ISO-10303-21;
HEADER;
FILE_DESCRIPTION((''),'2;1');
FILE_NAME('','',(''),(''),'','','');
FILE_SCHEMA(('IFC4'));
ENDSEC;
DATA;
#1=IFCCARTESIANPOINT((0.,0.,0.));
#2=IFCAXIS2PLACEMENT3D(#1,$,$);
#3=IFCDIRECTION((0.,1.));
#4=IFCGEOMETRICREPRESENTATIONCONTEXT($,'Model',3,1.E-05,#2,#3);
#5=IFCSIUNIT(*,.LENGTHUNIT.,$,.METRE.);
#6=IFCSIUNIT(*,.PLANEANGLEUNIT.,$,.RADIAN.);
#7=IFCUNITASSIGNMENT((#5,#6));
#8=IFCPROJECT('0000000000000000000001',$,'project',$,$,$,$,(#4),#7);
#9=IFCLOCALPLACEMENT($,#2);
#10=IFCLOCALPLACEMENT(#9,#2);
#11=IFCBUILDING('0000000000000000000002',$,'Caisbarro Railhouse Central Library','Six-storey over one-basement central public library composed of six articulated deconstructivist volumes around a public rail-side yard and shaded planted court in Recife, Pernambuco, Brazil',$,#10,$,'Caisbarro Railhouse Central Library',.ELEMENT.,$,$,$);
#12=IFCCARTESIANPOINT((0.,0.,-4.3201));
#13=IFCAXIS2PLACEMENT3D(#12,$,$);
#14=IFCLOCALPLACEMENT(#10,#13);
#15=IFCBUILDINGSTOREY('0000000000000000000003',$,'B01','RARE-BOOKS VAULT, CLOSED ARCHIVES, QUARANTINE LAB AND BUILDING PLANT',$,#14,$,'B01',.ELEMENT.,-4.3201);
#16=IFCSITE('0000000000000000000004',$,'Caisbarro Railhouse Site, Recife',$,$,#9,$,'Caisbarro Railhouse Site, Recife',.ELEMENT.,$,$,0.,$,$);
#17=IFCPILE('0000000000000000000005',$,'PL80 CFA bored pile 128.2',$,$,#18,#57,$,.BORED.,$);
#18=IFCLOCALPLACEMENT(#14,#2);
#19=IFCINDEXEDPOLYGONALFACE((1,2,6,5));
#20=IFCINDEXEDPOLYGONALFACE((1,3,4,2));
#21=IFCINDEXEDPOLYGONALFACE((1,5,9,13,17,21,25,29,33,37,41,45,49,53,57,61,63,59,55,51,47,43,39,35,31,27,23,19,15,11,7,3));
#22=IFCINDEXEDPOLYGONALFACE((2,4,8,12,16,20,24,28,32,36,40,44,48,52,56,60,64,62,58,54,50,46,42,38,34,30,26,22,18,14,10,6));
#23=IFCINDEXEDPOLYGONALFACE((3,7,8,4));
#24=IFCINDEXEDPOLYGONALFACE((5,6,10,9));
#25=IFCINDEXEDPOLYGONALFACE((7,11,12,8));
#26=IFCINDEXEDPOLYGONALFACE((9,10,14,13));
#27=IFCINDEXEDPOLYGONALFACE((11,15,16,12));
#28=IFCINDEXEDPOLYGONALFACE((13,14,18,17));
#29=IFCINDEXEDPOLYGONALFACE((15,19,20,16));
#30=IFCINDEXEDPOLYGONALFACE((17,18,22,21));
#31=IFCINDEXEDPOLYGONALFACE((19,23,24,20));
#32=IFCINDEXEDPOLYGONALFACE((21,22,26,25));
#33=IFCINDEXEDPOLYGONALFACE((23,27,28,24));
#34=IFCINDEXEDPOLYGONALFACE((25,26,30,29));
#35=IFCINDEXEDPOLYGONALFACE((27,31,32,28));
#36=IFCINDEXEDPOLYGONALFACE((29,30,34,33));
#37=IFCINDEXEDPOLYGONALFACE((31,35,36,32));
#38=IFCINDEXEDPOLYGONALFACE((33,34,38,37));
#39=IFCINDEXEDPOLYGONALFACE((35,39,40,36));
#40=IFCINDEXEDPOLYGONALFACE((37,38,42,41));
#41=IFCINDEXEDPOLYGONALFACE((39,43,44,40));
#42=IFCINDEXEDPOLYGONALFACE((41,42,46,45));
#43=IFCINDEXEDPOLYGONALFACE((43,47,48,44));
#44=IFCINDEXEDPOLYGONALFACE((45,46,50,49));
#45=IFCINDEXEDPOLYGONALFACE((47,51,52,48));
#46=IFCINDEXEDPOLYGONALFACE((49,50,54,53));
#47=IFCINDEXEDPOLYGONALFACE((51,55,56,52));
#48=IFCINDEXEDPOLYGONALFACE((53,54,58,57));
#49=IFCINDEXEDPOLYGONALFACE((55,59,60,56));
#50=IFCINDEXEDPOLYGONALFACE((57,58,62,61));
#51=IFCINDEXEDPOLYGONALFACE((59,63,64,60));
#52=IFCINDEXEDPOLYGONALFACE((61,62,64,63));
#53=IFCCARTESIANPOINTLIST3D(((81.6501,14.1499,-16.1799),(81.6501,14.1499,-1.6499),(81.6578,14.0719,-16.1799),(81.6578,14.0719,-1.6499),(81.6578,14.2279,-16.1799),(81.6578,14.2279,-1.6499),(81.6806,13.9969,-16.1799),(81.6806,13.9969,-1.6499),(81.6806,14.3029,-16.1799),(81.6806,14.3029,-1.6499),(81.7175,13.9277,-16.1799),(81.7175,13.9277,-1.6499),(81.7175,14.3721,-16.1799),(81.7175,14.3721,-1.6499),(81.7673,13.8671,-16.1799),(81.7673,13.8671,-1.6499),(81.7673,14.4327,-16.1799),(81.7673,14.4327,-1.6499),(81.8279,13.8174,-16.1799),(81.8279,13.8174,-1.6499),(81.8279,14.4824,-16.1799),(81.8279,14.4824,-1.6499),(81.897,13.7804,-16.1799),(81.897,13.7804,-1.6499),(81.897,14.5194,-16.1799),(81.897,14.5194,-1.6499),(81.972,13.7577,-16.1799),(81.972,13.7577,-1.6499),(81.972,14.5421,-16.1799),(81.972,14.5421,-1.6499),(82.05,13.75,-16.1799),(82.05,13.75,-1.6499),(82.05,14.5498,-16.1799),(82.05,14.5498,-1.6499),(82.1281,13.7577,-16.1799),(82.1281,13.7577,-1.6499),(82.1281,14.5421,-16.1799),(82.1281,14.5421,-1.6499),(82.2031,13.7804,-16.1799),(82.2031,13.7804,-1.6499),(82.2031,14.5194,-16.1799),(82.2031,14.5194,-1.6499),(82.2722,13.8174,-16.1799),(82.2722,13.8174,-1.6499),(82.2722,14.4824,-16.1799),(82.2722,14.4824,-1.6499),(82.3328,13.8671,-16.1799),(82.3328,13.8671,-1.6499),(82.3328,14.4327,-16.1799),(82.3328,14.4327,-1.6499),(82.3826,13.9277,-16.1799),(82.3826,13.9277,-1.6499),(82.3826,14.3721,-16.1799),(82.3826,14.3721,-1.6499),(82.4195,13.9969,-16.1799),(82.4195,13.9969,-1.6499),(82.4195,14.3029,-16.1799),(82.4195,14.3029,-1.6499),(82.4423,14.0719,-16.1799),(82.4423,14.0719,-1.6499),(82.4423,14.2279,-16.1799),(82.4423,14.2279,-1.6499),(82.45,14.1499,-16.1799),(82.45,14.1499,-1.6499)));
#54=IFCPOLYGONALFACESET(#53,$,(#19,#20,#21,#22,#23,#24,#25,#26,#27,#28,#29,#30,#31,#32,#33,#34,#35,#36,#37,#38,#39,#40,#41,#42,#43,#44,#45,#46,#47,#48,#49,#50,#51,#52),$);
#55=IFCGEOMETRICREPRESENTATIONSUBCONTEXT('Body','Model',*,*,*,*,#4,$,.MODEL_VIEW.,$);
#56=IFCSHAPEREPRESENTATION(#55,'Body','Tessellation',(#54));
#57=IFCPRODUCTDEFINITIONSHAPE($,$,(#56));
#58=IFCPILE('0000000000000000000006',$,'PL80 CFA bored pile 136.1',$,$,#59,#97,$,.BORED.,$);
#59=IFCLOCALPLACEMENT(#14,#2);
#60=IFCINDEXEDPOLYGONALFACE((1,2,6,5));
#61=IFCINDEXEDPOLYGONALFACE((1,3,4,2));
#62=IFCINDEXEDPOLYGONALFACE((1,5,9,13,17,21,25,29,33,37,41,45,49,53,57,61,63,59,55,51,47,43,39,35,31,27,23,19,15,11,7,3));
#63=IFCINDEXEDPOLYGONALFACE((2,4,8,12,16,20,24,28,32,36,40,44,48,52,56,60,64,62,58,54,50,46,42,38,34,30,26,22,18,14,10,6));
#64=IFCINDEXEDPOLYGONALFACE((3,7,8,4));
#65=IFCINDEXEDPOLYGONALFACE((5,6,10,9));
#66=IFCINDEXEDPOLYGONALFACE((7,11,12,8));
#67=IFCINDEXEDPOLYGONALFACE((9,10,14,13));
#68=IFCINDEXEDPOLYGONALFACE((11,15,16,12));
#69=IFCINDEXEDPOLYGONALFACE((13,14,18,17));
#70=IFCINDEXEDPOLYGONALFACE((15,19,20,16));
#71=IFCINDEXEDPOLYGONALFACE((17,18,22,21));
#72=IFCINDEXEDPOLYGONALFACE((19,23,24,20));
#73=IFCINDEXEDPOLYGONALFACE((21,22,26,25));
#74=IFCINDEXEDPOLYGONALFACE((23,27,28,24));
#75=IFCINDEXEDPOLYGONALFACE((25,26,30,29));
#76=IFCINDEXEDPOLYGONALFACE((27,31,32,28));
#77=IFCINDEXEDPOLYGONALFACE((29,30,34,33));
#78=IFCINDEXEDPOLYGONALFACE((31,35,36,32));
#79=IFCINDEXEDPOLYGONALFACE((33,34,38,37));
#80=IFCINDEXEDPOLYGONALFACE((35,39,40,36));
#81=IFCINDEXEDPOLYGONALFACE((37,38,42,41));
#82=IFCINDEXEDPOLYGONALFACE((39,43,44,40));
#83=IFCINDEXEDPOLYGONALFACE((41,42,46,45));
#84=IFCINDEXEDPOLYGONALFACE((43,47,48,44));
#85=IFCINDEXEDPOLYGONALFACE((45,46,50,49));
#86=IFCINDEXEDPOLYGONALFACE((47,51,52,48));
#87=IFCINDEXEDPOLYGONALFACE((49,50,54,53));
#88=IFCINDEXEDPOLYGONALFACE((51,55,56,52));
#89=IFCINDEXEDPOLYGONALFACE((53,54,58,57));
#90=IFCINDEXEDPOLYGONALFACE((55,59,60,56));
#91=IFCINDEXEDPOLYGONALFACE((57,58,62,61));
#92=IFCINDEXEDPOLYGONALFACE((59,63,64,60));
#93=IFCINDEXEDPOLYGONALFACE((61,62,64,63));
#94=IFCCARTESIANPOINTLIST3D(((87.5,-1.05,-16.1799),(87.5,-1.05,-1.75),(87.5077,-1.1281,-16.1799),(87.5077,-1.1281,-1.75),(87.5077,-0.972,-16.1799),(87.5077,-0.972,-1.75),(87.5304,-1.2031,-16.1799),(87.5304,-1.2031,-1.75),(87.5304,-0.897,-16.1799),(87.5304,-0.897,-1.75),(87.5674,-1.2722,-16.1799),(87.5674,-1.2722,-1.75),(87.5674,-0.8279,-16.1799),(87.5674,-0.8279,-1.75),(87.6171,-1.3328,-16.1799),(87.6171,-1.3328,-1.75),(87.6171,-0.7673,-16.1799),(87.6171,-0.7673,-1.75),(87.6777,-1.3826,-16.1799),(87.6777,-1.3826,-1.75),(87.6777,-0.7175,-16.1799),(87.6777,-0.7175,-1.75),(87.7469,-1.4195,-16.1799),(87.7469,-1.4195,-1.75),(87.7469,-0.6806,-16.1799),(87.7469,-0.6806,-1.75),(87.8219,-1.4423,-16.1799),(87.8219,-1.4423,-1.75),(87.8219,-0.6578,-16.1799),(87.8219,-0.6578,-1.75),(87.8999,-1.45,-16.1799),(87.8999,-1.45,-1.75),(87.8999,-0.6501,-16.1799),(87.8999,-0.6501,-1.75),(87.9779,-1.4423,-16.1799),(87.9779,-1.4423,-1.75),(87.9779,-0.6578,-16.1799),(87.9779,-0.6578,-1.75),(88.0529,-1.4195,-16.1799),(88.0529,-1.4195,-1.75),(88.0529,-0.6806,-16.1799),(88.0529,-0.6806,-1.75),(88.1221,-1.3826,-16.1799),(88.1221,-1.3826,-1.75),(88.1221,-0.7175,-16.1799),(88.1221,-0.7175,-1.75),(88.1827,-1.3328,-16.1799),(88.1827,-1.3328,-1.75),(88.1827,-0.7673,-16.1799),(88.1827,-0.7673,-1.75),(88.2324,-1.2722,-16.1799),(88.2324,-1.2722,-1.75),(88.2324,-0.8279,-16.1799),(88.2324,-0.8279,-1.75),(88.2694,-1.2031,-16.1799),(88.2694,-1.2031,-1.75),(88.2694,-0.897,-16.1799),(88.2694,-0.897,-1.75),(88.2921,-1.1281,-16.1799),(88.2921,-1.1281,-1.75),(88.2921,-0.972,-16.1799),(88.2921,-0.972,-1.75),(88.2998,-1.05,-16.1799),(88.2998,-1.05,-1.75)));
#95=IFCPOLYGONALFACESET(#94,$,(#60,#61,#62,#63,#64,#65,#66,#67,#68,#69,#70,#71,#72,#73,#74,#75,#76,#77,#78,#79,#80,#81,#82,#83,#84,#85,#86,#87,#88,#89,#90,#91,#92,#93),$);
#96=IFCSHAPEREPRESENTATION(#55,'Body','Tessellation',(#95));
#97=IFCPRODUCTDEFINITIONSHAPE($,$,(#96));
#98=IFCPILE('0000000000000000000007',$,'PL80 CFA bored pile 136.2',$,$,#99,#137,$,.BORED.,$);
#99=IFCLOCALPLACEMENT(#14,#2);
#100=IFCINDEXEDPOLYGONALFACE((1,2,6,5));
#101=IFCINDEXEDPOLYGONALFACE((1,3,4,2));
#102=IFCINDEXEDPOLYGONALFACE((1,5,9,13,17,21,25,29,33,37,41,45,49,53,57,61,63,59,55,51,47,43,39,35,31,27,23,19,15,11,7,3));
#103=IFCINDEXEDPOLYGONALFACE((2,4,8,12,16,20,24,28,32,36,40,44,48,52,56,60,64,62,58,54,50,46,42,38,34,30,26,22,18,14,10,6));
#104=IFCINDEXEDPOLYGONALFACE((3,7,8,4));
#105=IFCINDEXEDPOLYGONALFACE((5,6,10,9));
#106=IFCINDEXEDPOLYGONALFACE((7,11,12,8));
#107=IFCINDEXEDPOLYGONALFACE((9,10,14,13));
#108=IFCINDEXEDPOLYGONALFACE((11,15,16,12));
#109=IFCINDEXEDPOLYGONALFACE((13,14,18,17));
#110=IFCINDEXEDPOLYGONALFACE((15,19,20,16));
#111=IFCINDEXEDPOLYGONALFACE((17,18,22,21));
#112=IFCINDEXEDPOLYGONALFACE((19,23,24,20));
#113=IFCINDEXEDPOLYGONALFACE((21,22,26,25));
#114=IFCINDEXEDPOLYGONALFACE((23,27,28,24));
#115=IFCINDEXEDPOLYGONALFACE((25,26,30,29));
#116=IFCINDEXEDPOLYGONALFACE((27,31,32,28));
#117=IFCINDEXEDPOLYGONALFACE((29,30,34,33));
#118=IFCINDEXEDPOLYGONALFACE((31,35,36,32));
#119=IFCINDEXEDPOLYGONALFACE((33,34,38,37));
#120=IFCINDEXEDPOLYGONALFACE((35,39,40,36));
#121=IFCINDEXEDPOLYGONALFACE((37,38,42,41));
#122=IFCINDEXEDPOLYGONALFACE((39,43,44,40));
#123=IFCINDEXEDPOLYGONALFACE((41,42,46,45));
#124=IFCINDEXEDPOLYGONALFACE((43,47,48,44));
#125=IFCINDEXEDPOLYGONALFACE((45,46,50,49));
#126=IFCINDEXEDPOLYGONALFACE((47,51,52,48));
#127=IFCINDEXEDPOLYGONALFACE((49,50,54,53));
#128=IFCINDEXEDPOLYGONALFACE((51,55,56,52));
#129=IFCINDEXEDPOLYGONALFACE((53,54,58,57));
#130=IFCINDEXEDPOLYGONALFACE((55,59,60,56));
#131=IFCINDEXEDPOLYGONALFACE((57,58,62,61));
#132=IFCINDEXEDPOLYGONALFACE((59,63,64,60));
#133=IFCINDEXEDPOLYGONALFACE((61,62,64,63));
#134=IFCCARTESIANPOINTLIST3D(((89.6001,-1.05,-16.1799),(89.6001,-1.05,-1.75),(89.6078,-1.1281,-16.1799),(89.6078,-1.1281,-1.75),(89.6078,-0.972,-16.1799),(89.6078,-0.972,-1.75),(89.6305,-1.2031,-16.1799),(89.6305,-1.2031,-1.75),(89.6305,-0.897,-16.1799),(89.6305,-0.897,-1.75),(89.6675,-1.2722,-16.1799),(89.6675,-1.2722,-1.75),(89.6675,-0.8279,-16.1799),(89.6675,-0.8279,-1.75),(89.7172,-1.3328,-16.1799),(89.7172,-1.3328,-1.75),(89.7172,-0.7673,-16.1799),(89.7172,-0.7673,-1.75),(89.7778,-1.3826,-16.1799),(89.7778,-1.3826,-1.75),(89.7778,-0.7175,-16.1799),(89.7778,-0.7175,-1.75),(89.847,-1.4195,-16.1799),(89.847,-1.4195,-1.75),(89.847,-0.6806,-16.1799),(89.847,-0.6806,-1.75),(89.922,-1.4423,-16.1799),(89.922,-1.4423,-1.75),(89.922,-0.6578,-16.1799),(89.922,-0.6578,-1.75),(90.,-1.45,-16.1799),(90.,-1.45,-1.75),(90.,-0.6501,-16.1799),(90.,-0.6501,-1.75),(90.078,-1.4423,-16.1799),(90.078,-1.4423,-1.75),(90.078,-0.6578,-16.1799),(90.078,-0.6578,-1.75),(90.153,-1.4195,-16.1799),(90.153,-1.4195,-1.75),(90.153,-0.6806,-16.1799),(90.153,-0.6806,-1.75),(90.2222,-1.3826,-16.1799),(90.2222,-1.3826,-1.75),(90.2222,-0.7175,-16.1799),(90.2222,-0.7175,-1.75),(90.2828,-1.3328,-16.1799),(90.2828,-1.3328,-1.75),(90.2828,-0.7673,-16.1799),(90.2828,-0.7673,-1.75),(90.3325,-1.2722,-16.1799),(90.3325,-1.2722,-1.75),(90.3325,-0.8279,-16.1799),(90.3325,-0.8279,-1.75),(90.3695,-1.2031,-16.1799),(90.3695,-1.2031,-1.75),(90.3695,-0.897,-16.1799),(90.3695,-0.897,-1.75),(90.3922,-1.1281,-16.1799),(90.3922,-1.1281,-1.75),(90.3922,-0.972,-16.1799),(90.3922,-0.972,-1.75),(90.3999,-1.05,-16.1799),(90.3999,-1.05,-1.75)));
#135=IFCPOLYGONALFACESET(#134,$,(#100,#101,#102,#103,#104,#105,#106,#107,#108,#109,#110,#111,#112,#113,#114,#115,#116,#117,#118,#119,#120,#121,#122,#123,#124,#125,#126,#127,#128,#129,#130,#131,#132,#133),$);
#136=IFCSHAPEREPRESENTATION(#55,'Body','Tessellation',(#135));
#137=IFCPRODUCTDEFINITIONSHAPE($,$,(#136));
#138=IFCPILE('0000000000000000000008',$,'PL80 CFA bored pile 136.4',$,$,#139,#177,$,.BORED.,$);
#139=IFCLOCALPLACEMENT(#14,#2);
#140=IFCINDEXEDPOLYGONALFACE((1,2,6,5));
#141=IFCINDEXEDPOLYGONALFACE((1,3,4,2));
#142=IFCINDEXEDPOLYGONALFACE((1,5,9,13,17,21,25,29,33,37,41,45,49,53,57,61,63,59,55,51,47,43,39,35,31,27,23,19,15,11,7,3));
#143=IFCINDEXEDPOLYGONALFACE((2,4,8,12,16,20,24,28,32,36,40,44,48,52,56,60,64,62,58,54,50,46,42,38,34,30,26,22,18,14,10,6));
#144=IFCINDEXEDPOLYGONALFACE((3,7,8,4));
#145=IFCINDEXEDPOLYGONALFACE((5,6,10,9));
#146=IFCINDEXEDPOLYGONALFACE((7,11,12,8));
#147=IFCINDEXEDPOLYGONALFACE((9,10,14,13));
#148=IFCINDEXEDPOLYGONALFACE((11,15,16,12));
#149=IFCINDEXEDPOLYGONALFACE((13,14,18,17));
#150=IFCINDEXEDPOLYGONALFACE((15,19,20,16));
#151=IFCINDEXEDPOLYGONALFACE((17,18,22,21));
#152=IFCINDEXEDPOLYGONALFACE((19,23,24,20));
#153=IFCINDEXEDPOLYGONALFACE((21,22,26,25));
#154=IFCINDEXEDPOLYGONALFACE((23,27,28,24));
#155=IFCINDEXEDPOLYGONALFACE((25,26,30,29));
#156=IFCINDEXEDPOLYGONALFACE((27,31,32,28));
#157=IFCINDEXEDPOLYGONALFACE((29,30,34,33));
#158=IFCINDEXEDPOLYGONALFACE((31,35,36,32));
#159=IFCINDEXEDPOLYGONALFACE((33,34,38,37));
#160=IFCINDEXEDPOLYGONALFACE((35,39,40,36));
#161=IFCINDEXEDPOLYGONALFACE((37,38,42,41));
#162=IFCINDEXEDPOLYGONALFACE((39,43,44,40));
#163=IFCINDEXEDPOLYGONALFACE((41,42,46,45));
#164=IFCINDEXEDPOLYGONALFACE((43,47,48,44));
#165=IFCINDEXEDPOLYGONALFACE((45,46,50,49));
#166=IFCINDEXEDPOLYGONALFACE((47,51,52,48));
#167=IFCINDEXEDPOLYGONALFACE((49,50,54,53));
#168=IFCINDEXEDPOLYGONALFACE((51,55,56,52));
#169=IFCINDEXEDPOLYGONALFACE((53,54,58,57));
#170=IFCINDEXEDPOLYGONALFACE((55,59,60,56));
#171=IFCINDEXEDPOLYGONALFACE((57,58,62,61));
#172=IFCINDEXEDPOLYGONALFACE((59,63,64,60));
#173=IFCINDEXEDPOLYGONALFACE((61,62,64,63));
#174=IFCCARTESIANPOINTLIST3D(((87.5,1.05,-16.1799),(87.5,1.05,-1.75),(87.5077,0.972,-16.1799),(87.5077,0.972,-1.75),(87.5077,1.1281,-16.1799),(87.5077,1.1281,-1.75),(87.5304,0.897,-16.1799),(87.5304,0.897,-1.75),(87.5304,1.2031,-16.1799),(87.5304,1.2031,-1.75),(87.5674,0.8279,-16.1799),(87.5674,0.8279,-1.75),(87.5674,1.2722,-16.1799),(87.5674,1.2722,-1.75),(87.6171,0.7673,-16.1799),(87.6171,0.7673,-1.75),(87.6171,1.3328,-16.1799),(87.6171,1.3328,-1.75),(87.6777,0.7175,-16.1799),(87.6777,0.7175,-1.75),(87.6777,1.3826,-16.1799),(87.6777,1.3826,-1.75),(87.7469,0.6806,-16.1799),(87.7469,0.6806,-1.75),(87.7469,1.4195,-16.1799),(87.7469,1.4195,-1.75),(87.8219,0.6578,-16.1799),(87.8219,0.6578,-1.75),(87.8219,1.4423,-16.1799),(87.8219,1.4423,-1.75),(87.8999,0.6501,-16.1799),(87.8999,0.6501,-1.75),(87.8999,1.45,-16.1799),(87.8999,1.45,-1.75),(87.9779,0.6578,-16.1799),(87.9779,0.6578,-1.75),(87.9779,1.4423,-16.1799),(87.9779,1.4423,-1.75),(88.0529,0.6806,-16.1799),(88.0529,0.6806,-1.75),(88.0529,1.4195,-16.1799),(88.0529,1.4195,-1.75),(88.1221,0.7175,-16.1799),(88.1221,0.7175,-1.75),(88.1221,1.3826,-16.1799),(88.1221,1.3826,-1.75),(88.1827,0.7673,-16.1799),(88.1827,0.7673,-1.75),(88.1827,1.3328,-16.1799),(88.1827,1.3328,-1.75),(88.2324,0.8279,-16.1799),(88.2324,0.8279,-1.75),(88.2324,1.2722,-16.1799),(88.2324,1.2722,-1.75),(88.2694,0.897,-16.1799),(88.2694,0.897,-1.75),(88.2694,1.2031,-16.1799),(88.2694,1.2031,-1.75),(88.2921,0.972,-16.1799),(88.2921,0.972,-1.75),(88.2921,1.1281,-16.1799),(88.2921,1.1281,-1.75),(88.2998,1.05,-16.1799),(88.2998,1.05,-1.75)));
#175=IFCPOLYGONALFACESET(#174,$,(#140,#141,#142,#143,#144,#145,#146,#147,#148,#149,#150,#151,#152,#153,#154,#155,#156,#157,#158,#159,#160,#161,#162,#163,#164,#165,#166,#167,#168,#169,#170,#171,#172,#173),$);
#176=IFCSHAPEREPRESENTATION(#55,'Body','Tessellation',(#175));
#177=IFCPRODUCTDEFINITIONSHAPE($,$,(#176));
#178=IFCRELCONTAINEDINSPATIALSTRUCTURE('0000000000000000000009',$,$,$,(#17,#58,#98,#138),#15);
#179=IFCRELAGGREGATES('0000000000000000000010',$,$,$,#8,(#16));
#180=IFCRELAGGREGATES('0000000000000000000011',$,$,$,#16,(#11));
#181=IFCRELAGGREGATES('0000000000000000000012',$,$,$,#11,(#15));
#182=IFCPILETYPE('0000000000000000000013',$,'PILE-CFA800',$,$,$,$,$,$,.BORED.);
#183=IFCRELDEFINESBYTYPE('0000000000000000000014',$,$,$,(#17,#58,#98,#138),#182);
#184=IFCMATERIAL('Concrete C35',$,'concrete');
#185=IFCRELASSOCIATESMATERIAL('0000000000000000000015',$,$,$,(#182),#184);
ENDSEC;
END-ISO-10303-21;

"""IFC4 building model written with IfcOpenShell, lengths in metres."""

from ifc_helpers import new_model, si_unit, direction, frame, origin, origin_2d, place, context, subcontext, project, spatial, circle, extrude, material, material_profile, profile_set, type_object, element, save


model = new_model("IFC4")

# Units and contexts
model_context = context("Model", 3, precision=1e-05, world=origin(), true_north=direction((0.0, 1.0)))
body_context = subcontext(model_context, "Body", "Model", "MODEL_VIEW")
ifc_project = project(units=[si_unit("LENGTHUNIT", "METRE"), si_unit("PLANEANGLEUNIT", "RADIAN")], contexts=[model_context])

# Site, building, storey
site_placement = place(None, origin())
site = spatial("IfcSite", under=ifc_project, at=site_placement, Name="Caisbarro Railhouse Site, Recife", LongName="Caisbarro Railhouse Site, Recife", CompositionType="ELEMENT", RefElevation=0.0)
building_placement = place(site_placement, origin())
building = spatial("IfcBuilding", under=site, at=building_placement, Name="Caisbarro Railhouse Central Library", Description="Six-storey over one-basement central public library composed of six articulated deconstructivist volumes around a public rail-side yard and shaded planted court in Recife, Pernambuco, Brazil", LongName="Caisbarro Railhouse Central Library", CompositionType="ELEMENT")
storey_placement = place(building_placement, frame((0.0, 0.0, -4.3201)))
storey = spatial("IfcBuildingStorey", under=building, at=storey_placement, Name="B01", Description="RARE-BOOKS VAULT, CLOSED ARCHIVES, QUARANTINE LAB AND BUILDING PLANT", LongName="B01", CompositionType="ELEMENT", Elevation=-4.3201)

# Piles
ifc_material_1 = material(Name="Concrete C35", Category="concrete")
ifc_material_profile_1 = material_profile(ifc_material_1, circle(Radius=0.3999, at=origin_2d()), Name="PILE-CFA-800")
ifc_profile_set_1 = profile_set([ifc_material_profile_1], Name="Concrete C35")
pile_type = type_object("IfcPileType", Name="PILE-CFA800", PredefinedType="BORED", material=ifc_profile_set_1)
for number, where, z_axis, x_axis, name in (
    (1, (82.05, 14.1499, -1.6499), (0.0, 0.0, -1.0), (1.0, 0.0, 0.0), "PL80 CFA bored pile 128.2"),
):
    element("IfcPile", number, at=place(storey_placement, frame(where, z_axis=z_axis, x_axis=x_axis)), inside=storey, type_object=pile_type, Name=name, PredefinedType="BORED", context=body_context, shape_type="SweptSolid", body=[
        extrude(circle(Radius=0.3999, at=origin_2d()), origin(), (0.0, 0.0, 1.0), 14.53),
    ])
for number, where, z_axis, x_axis, name in (
    (2, (87.8999, -1.05, -1.75), (0.0, 0.0, -1.0), (1.0, 0.0, 0.0), "PL80 CFA bored pile 136.1"),
    (3, (90.0, -1.05, -1.75), (0.0, 0.0, -1.0), (1.0, 0.0, 0.0), "PL80 CFA bored pile 136.2"),
    (4, (87.8999, 1.05, -1.75), (0.0, 0.0, -1.0), (1.0, 0.0, 0.0), "PL80 CFA bored pile 136.4"),
):
    element("IfcPile", number, at=place(storey_placement, frame(where, z_axis=z_axis, x_axis=x_axis)), inside=storey, type_object=pile_type, Name=name, PredefinedType="BORED", context=body_context, shape_type="SweptSolid", body=[
        extrude(circle(Radius=0.3999, at=origin_2d()), origin(), (0.0, 0.0, 1.0), 14.4299),
    ])

save(model, "model.ifc")
